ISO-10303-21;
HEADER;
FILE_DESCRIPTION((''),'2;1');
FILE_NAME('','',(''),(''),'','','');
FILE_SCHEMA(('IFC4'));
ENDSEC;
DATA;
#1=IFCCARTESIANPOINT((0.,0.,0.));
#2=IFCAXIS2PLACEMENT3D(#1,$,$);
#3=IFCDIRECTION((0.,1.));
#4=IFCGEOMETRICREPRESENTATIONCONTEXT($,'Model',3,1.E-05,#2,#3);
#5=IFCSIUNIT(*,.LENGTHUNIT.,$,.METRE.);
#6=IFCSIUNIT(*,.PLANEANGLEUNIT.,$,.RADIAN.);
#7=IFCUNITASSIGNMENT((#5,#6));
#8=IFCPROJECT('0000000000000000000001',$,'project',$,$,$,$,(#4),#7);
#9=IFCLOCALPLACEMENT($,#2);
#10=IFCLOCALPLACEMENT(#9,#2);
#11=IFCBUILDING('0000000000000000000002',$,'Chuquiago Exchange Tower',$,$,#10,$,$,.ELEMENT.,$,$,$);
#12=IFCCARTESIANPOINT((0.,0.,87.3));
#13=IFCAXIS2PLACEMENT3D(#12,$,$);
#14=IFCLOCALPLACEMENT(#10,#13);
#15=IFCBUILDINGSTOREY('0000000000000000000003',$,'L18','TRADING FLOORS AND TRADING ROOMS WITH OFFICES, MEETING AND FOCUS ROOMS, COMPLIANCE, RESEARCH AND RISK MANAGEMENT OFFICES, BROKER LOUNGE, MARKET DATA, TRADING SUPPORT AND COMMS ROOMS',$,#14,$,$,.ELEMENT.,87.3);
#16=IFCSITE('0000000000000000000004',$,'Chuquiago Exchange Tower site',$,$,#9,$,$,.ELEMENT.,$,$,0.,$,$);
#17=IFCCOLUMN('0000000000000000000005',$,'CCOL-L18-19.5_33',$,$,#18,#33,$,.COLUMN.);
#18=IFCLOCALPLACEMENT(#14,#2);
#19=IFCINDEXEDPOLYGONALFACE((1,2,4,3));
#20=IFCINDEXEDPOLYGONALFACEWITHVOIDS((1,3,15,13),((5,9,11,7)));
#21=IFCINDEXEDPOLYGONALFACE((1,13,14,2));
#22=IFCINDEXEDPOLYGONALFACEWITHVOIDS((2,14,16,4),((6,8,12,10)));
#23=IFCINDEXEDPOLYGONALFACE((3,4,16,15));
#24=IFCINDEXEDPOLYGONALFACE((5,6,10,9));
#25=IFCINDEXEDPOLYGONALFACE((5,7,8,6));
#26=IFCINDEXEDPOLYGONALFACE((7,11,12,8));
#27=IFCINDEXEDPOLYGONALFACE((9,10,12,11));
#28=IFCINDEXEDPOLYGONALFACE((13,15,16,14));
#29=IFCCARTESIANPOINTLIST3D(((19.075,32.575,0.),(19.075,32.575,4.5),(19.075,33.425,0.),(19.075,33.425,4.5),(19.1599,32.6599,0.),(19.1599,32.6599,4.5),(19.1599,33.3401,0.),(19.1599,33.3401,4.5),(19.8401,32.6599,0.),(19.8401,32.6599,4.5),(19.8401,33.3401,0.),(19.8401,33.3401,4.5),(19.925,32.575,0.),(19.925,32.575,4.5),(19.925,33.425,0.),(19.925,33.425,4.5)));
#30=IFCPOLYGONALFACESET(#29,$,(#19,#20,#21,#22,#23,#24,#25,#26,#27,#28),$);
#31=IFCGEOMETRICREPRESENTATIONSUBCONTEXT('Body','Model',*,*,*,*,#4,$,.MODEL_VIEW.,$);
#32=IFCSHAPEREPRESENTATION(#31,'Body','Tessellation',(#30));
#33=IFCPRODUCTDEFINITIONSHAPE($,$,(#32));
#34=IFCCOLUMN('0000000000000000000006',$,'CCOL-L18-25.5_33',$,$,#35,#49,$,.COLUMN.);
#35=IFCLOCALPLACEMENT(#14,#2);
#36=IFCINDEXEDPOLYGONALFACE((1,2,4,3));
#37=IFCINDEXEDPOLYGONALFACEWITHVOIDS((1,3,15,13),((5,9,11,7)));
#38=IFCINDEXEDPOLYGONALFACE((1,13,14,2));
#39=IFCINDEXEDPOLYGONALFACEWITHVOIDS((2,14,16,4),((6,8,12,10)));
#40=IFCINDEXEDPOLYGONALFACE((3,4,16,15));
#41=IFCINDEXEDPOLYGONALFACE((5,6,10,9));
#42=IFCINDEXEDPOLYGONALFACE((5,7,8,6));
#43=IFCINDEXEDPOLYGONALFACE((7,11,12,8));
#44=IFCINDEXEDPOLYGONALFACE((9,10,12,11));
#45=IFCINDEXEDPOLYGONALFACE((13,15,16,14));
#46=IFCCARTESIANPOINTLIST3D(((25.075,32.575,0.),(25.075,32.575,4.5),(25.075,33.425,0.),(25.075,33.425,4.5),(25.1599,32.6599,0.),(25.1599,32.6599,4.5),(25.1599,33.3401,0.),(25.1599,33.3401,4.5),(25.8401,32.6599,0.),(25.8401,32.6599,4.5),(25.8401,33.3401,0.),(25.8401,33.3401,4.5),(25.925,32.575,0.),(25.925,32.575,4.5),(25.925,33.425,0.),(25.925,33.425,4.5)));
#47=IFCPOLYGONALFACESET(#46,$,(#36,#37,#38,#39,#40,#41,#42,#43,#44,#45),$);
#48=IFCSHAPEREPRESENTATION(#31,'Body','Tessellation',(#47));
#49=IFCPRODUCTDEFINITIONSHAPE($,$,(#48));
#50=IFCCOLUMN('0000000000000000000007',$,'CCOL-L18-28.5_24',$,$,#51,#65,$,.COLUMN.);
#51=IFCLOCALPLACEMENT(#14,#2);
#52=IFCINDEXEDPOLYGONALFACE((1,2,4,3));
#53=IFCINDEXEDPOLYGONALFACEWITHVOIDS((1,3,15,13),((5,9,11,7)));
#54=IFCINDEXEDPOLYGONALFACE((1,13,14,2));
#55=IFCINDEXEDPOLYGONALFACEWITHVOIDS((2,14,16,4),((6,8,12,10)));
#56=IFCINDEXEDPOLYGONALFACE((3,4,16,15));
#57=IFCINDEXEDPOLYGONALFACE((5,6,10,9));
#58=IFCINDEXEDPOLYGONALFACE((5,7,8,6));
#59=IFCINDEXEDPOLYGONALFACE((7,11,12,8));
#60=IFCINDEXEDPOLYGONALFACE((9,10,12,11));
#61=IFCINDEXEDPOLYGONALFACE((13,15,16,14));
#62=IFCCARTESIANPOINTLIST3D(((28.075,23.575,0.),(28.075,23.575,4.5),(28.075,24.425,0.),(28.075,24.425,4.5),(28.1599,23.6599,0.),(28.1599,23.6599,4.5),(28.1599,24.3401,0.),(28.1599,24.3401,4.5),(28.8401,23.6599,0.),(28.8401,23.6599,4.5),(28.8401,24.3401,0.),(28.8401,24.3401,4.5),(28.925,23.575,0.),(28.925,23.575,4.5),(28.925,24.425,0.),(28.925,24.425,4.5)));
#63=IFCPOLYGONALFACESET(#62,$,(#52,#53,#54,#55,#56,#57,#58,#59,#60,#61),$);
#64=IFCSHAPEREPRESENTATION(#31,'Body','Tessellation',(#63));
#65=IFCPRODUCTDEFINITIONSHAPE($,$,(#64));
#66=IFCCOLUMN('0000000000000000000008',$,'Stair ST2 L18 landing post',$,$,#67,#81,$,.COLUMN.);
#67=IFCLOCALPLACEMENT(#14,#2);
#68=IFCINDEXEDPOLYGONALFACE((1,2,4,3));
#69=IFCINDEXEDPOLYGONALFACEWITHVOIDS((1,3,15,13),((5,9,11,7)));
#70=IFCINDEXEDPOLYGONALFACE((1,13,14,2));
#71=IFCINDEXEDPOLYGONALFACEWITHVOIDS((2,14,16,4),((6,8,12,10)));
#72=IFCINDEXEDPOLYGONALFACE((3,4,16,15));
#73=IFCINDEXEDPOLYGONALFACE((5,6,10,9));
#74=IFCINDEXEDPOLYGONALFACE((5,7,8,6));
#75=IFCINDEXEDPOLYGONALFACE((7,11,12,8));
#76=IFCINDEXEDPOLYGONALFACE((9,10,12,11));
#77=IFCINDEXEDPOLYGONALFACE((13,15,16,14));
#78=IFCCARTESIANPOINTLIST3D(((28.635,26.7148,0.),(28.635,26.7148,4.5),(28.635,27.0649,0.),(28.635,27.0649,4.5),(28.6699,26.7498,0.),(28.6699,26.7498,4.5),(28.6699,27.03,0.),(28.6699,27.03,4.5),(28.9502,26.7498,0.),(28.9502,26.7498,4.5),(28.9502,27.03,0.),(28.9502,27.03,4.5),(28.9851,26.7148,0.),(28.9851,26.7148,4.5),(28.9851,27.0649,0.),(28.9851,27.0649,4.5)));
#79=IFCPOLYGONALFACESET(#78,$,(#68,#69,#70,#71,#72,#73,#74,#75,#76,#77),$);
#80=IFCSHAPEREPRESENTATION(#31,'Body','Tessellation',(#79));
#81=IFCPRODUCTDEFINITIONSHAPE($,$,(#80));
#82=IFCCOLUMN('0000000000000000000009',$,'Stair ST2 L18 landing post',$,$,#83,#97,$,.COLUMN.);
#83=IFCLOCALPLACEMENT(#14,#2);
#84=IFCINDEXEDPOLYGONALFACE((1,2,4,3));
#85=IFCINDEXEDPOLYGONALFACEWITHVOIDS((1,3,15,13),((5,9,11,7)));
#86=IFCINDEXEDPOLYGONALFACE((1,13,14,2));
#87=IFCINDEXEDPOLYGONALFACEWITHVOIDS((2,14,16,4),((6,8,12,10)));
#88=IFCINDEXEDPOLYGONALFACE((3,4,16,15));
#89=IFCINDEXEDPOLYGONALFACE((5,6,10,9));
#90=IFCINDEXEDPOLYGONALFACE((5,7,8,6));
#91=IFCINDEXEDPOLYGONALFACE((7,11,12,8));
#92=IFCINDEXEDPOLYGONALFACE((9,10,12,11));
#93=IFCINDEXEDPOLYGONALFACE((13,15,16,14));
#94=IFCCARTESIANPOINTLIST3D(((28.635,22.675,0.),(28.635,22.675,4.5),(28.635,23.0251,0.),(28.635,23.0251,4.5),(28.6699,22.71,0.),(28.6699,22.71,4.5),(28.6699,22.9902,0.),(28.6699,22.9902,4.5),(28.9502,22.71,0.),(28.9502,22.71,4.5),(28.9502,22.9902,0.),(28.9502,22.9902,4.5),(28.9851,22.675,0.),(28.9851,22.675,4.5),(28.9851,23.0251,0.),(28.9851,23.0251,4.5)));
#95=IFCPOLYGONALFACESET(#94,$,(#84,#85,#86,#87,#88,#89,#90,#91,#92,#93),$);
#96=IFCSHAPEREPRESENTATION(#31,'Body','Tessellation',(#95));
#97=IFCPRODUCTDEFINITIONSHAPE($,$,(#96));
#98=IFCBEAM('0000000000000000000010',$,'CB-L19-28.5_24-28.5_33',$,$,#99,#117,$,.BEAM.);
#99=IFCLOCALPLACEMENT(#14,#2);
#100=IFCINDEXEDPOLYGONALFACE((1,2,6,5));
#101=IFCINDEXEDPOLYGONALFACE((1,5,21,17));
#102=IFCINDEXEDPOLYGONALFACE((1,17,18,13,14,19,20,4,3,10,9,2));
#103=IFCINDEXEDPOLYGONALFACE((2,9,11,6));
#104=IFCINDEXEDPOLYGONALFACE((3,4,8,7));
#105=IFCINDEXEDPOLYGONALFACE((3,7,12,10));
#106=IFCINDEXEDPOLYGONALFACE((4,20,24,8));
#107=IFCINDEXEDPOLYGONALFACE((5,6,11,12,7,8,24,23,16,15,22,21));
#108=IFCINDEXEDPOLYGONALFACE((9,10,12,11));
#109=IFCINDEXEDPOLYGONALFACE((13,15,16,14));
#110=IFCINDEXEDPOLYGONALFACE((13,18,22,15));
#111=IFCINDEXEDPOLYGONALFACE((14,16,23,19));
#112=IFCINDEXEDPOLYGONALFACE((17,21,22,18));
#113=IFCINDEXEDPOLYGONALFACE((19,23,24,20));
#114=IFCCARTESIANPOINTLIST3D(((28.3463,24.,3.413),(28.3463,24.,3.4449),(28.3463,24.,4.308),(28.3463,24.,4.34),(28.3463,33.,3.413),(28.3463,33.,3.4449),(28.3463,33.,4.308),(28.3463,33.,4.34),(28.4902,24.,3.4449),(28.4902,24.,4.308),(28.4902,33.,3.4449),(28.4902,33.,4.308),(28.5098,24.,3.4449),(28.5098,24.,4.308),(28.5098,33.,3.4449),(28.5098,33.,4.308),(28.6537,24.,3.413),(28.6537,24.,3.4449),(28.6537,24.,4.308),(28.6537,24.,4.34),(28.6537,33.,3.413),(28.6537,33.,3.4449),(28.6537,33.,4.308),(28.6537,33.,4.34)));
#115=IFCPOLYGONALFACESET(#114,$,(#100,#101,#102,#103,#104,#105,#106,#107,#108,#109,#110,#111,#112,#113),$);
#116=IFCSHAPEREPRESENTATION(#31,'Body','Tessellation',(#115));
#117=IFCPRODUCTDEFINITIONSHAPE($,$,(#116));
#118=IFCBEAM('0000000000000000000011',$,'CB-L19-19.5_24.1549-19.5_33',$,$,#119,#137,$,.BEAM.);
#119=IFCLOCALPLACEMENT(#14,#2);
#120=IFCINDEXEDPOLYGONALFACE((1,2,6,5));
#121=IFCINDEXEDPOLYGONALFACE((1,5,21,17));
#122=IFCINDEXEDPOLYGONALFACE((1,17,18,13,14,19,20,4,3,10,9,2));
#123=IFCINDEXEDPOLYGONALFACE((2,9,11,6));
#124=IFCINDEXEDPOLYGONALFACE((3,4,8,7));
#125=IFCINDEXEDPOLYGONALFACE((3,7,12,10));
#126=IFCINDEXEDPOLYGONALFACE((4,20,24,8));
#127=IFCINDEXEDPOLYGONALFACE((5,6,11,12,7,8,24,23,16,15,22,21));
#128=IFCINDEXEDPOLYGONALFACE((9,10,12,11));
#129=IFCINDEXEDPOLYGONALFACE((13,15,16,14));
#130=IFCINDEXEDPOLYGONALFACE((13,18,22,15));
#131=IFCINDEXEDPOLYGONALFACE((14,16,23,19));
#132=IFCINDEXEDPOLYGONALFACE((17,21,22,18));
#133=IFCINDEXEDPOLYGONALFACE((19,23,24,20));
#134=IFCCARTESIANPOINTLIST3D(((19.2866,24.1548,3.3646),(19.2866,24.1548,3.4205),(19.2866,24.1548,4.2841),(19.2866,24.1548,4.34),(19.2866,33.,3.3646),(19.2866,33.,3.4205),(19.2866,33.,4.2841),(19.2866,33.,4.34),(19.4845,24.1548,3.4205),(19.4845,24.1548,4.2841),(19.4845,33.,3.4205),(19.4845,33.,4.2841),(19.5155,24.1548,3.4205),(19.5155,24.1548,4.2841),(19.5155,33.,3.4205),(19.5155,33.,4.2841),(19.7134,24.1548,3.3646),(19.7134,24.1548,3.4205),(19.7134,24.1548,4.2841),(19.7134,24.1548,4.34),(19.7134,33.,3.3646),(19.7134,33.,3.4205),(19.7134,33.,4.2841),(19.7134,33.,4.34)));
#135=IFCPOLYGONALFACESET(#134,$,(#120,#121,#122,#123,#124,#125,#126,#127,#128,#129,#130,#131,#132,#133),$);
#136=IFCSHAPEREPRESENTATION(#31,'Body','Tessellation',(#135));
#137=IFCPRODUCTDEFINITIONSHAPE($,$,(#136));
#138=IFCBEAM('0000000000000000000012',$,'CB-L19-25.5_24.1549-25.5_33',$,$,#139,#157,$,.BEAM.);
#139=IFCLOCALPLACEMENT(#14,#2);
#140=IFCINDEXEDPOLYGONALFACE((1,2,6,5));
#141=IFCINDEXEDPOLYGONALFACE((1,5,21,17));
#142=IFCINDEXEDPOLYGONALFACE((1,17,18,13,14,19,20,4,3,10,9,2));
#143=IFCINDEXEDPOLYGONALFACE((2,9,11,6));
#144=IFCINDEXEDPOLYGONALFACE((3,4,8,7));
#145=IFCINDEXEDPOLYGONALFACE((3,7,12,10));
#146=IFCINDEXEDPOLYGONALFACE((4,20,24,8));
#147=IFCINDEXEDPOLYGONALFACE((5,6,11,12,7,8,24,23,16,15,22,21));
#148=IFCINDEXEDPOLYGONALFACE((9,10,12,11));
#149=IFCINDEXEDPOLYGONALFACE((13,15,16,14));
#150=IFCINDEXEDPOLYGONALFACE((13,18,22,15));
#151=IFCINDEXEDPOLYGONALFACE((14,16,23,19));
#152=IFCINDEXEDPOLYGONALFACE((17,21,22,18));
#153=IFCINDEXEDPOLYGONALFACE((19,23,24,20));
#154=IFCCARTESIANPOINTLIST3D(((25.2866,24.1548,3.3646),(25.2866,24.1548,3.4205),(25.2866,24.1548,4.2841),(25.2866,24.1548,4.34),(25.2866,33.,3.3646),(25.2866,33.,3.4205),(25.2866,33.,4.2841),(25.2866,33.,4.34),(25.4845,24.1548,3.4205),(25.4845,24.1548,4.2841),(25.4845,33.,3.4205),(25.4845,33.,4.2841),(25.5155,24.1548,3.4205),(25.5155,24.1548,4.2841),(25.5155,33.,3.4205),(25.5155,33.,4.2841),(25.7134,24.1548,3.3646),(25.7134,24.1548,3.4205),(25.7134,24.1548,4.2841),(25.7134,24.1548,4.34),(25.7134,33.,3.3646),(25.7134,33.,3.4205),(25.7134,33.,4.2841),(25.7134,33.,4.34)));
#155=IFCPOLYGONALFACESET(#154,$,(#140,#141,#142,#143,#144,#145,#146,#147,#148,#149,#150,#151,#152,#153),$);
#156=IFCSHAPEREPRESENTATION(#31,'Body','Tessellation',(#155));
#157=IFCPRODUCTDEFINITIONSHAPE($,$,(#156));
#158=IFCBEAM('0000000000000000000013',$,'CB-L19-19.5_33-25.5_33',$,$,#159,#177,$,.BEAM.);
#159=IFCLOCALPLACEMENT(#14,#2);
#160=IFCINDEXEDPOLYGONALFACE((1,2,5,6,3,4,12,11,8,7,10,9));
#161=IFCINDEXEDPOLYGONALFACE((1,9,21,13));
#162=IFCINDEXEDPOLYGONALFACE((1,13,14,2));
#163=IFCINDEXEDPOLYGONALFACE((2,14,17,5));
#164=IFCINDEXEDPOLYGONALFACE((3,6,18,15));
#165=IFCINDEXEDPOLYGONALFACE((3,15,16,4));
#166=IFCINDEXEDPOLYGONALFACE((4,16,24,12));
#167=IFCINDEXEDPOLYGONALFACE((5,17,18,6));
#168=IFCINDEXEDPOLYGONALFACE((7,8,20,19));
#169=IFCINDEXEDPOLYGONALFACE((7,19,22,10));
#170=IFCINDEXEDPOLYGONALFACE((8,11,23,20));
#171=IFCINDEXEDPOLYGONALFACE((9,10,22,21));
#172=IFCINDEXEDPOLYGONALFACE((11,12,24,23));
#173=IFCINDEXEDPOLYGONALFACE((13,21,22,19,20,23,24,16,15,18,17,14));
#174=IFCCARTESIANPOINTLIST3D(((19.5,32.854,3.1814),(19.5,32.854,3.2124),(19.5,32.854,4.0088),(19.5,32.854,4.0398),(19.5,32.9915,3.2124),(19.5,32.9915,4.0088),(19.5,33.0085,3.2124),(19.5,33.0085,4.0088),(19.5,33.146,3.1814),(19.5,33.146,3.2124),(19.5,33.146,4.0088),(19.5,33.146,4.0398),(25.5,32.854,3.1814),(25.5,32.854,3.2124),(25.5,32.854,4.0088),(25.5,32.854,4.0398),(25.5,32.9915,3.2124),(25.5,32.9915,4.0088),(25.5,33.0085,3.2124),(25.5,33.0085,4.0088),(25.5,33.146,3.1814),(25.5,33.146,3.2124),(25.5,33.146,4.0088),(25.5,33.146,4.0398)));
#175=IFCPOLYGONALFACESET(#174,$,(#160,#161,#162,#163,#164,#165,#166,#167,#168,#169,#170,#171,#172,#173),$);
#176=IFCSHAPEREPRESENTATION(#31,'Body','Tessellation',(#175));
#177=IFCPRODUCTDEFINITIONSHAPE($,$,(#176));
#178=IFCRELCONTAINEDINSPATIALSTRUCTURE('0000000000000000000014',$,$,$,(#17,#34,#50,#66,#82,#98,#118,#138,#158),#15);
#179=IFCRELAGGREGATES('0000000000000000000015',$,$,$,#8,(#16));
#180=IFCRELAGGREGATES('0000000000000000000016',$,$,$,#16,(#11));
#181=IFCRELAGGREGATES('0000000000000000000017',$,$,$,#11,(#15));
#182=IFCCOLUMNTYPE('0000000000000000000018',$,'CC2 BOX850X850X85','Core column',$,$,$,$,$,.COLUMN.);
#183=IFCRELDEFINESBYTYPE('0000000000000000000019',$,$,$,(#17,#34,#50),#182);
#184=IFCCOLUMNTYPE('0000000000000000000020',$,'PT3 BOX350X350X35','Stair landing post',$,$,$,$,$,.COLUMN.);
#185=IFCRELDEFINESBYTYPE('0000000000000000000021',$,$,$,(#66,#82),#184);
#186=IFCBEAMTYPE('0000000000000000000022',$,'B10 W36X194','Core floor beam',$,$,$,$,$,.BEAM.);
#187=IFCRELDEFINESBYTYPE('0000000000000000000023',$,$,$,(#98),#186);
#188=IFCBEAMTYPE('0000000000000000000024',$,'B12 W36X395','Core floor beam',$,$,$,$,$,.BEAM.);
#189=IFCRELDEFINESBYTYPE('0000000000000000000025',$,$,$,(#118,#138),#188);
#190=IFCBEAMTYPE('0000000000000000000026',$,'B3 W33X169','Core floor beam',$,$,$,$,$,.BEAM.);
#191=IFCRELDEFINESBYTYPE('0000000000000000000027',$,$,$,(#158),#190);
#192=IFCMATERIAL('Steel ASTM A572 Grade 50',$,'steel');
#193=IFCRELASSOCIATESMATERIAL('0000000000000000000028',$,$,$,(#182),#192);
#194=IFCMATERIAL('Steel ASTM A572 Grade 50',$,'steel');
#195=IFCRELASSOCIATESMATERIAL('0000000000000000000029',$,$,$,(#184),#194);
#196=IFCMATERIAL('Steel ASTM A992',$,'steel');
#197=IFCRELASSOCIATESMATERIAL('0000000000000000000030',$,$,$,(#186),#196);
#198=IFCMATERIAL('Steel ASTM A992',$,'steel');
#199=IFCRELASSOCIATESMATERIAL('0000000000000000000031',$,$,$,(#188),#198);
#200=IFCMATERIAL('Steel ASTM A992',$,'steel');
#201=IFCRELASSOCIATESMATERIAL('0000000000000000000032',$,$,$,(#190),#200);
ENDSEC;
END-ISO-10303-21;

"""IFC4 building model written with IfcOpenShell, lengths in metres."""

from ifc_helpers import new_model, si_unit, direction, frame, origin, origin_2d, place, context, subcontext, project, spatial, hollow_rectangle, i_section, extrude, material, material_profile, profile_set, type_object, element, save


model = new_model("IFC4")

# Units and contexts
model_context = context("Model", 3, precision=1e-05, world=origin(), true_north=direction((0.0, 1.0)))
body_context = subcontext(model_context, "Body", "Model", "MODEL_VIEW")
ifc_project = project(units=[si_unit("LENGTHUNIT", "METRE"), si_unit("PLANEANGLEUNIT", "RADIAN")], contexts=[model_context])

# Site, building, storey
site_placement = place(None, origin())
site = spatial("IfcSite", under=ifc_project, at=site_placement, Name="Chuquiago Exchange Tower site", CompositionType="ELEMENT", RefElevation=0.0)
building_placement = place(site_placement, origin())
building = spatial("IfcBuilding", under=site, at=building_placement, Name="Chuquiago Exchange Tower", CompositionType="ELEMENT")
storey_placement = place(building_placement, frame((0.0, 0.0, 87.3)))
storey = spatial("IfcBuildingStorey", under=building, at=storey_placement, Name="L18", Description="TRADING FLOORS AND TRADING ROOMS WITH OFFICES, MEETING AND FOCUS ROOMS, COMPLIANCE, RESEARCH AND RISK MANAGEMENT OFFICES, BROKER LOUNGE, MARKET DATA, TRADING SUPPORT AND COMMS ROOMS", CompositionType="ELEMENT", Elevation=87.3)

# Columns
ifc_material_1 = material(Name="Steel ASTM A572 Grade 50", Category="steel")
ifc_material_profile_1 = material_profile(ifc_material_1, hollow_rectangle(XDim=0.8501, YDim=0.8501, WallThickness=0.085, at=origin_2d()), Name="BOX850X850X85")
ifc_profile_set_1 = profile_set([ifc_material_profile_1], Name="Steel ASTM A572 Grade 50")
column_type_1 = type_object("IfcColumnType", Name="CC2 BOX850X850X85", Description="Core column", PredefinedType="COLUMN", material=ifc_profile_set_1)
for number, where, z_axis, x_axis, name in (
    (1, (19.5, 33.0, 0.0), (0.0, 0.0, 1.0), (1.0, 0.0, 0.0), "CCOL-L18-19.5_33"),
    (2, (25.5, 33.0, 0.0), (0.0, 0.0, 1.0), (1.0, 0.0, 0.0), "CCOL-L18-25.5_33"),
    (3, (28.5, 24.0, 0.0), (0.0, 0.0, 1.0), (1.0, 0.0, 0.0), "CCOL-L18-28.5_24"),
):
    element("IfcColumn", number, at=place(storey_placement, frame(where, z_axis=z_axis, x_axis=x_axis)), inside=storey, type_object=column_type_1, Name=name, PredefinedType="COLUMN", context=body_context, shape_type="SweptSolid", body=[
        extrude(hollow_rectangle(XDim=0.8501, YDim=0.8501, WallThickness=0.085, at=origin_2d()), origin(), (0.0, 0.0, 1.0), 4.5),
    ])
ifc_material_2 = material(Name="Steel ASTM A572 Grade 50", Category="steel")
ifc_material_profile_2 = material_profile(ifc_material_2, hollow_rectangle(XDim=0.3501, YDim=0.3501, WallThickness=0.0349, at=origin_2d()), Name="BOX350X350X35")
ifc_profile_set_2 = profile_set([ifc_material_profile_2], Name="Steel ASTM A572 Grade 50")
column_type_2 = type_object("IfcColumnType", Name="PT3 BOX350X350X35", Description="Stair landing post", PredefinedType="COLUMN", material=ifc_profile_set_2)
for number, where, z_axis, x_axis, name in (
    (4, (28.8101, 26.8899, 0.0), (0.0, 0.0, 1.0), (1.0, 0.0, 0.0), "Stair ST2 L18 landing post"),
    (5, (28.8101, 22.8501, 0.0), (0.0, 0.0, 1.0), (1.0, 0.0, 0.0), "Stair ST2 L18 landing post"),
):
    element("IfcColumn", number, at=place(storey_placement, frame(where, z_axis=z_axis, x_axis=x_axis)), inside=storey, type_object=column_type_2, Name=name, PredefinedType="COLUMN", context=body_context, shape_type="SweptSolid", body=[
        extrude(hollow_rectangle(XDim=0.3501, YDim=0.3501, WallThickness=0.0349, at=origin_2d()), origin(), (0.0, 0.0, 1.0), 4.5),
    ])

# Beams
ifc_material_3 = material(Name="Steel ASTM A992", Category="steel")
ifc_material_profile_3 = material_profile(ifc_material_3, i_section(OverallWidth=0.3074, OverallDepth=0.927, WebThickness=0.0195, FlangeThickness=0.032, at=origin_2d()), Name="W36X194")
ifc_profile_set_3 = profile_set([ifc_material_profile_3], Name="Steel ASTM A992")
beam_type_1 = type_object("IfcBeamType", Name="B10 W36X194", Description="Core floor beam", PredefinedType="BEAM", material=ifc_profile_set_3)
beam_1_placement = place(storey_placement, frame((28.5, 24.0, 3.8765), z_axis=(0.0, 1.0, 0.0), x_axis=(-1.0, 0.0, 0.0)))
element("IfcBeam", 6, at=beam_1_placement, inside=storey, type_object=beam_type_1, Name="CB-L19-28.5_24-28.5_33", PredefinedType="BEAM", context=body_context, shape_type="SweptSolid", body=[
    extrude(i_section(OverallWidth=0.3074, OverallDepth=0.927, WebThickness=0.0195, FlangeThickness=0.032, at=origin_2d()), origin(), (0.0, 0.0, 1.0), 9.0),
])
ifc_material_4 = material(Name="Steel ASTM A992", Category="steel")
ifc_material_profile_4 = material_profile(ifc_material_4, i_section(OverallWidth=0.4268, OverallDepth=0.9753, WebThickness=0.031, FlangeThickness=0.0559, at=origin_2d()), Name="W36X395")
ifc_profile_set_4 = profile_set([ifc_material_profile_4], Name="Steel ASTM A992")
beam_type_2 = type_object("IfcBeamType", Name="B12 W36X395", Description="Core floor beam", PredefinedType="BEAM", material=ifc_profile_set_4)
for number, where, z_axis, x_axis, name in (
    (7, (19.5, 24.1548, 3.8523), (0.0, 1.0, 0.0), (-1.0, 0.0, 0.0), "CB-L19-19.5_24.1549-19.5_33"),
    (8, (25.5, 24.1548, 3.8523), (0.0, 1.0, 0.0), (-1.0, 0.0, 0.0), "CB-L19-25.5_24.1549-25.5_33"),
):
    element("IfcBeam", number, at=place(storey_placement, frame(where, z_axis=z_axis, x_axis=x_axis)), inside=storey, type_object=beam_type_2, Name=name, PredefinedType="BEAM", context=body_context, shape_type="SweptSolid", body=[
        extrude(i_section(OverallWidth=0.4268, OverallDepth=0.9753, WebThickness=0.031, FlangeThickness=0.0559, at=origin_2d()), origin(), (0.0, 0.0, 1.0), 8.8452),
    ])
ifc_material_5 = material(Name="Steel ASTM A992", Category="steel")
ifc_material_profile_5 = material_profile(ifc_material_5, i_section(OverallWidth=0.292, OverallDepth=0.8584, WebThickness=0.0171, FlangeThickness=0.031, at=origin_2d()), Name="W33X169")
ifc_profile_set_5 = profile_set([ifc_material_profile_5], Name="Steel ASTM A992")
beam_type_3 = type_object("IfcBeamType", Name="B3 W33X169", Description="Core floor beam", PredefinedType="BEAM", material=ifc_profile_set_5)
beam_2_placement = place(storey_placement, frame((19.5, 33.0, 3.6106), z_axis=(1.0, 0.0, 0.0), x_axis=(0.0, 1.0, 0.0)))
element("IfcBeam", 9, at=beam_2_placement, inside=storey, type_object=beam_type_3, Name="CB-L19-19.5_33-25.5_33", PredefinedType="BEAM", context=body_context, shape_type="SweptSolid", body=[
    extrude(i_section(OverallWidth=0.292, OverallDepth=0.8584, WebThickness=0.0171, FlangeThickness=0.031, at=origin_2d()), origin(), (0.0, 0.0, 1.0), 6.0),
])

save(model, "model.ifc")
